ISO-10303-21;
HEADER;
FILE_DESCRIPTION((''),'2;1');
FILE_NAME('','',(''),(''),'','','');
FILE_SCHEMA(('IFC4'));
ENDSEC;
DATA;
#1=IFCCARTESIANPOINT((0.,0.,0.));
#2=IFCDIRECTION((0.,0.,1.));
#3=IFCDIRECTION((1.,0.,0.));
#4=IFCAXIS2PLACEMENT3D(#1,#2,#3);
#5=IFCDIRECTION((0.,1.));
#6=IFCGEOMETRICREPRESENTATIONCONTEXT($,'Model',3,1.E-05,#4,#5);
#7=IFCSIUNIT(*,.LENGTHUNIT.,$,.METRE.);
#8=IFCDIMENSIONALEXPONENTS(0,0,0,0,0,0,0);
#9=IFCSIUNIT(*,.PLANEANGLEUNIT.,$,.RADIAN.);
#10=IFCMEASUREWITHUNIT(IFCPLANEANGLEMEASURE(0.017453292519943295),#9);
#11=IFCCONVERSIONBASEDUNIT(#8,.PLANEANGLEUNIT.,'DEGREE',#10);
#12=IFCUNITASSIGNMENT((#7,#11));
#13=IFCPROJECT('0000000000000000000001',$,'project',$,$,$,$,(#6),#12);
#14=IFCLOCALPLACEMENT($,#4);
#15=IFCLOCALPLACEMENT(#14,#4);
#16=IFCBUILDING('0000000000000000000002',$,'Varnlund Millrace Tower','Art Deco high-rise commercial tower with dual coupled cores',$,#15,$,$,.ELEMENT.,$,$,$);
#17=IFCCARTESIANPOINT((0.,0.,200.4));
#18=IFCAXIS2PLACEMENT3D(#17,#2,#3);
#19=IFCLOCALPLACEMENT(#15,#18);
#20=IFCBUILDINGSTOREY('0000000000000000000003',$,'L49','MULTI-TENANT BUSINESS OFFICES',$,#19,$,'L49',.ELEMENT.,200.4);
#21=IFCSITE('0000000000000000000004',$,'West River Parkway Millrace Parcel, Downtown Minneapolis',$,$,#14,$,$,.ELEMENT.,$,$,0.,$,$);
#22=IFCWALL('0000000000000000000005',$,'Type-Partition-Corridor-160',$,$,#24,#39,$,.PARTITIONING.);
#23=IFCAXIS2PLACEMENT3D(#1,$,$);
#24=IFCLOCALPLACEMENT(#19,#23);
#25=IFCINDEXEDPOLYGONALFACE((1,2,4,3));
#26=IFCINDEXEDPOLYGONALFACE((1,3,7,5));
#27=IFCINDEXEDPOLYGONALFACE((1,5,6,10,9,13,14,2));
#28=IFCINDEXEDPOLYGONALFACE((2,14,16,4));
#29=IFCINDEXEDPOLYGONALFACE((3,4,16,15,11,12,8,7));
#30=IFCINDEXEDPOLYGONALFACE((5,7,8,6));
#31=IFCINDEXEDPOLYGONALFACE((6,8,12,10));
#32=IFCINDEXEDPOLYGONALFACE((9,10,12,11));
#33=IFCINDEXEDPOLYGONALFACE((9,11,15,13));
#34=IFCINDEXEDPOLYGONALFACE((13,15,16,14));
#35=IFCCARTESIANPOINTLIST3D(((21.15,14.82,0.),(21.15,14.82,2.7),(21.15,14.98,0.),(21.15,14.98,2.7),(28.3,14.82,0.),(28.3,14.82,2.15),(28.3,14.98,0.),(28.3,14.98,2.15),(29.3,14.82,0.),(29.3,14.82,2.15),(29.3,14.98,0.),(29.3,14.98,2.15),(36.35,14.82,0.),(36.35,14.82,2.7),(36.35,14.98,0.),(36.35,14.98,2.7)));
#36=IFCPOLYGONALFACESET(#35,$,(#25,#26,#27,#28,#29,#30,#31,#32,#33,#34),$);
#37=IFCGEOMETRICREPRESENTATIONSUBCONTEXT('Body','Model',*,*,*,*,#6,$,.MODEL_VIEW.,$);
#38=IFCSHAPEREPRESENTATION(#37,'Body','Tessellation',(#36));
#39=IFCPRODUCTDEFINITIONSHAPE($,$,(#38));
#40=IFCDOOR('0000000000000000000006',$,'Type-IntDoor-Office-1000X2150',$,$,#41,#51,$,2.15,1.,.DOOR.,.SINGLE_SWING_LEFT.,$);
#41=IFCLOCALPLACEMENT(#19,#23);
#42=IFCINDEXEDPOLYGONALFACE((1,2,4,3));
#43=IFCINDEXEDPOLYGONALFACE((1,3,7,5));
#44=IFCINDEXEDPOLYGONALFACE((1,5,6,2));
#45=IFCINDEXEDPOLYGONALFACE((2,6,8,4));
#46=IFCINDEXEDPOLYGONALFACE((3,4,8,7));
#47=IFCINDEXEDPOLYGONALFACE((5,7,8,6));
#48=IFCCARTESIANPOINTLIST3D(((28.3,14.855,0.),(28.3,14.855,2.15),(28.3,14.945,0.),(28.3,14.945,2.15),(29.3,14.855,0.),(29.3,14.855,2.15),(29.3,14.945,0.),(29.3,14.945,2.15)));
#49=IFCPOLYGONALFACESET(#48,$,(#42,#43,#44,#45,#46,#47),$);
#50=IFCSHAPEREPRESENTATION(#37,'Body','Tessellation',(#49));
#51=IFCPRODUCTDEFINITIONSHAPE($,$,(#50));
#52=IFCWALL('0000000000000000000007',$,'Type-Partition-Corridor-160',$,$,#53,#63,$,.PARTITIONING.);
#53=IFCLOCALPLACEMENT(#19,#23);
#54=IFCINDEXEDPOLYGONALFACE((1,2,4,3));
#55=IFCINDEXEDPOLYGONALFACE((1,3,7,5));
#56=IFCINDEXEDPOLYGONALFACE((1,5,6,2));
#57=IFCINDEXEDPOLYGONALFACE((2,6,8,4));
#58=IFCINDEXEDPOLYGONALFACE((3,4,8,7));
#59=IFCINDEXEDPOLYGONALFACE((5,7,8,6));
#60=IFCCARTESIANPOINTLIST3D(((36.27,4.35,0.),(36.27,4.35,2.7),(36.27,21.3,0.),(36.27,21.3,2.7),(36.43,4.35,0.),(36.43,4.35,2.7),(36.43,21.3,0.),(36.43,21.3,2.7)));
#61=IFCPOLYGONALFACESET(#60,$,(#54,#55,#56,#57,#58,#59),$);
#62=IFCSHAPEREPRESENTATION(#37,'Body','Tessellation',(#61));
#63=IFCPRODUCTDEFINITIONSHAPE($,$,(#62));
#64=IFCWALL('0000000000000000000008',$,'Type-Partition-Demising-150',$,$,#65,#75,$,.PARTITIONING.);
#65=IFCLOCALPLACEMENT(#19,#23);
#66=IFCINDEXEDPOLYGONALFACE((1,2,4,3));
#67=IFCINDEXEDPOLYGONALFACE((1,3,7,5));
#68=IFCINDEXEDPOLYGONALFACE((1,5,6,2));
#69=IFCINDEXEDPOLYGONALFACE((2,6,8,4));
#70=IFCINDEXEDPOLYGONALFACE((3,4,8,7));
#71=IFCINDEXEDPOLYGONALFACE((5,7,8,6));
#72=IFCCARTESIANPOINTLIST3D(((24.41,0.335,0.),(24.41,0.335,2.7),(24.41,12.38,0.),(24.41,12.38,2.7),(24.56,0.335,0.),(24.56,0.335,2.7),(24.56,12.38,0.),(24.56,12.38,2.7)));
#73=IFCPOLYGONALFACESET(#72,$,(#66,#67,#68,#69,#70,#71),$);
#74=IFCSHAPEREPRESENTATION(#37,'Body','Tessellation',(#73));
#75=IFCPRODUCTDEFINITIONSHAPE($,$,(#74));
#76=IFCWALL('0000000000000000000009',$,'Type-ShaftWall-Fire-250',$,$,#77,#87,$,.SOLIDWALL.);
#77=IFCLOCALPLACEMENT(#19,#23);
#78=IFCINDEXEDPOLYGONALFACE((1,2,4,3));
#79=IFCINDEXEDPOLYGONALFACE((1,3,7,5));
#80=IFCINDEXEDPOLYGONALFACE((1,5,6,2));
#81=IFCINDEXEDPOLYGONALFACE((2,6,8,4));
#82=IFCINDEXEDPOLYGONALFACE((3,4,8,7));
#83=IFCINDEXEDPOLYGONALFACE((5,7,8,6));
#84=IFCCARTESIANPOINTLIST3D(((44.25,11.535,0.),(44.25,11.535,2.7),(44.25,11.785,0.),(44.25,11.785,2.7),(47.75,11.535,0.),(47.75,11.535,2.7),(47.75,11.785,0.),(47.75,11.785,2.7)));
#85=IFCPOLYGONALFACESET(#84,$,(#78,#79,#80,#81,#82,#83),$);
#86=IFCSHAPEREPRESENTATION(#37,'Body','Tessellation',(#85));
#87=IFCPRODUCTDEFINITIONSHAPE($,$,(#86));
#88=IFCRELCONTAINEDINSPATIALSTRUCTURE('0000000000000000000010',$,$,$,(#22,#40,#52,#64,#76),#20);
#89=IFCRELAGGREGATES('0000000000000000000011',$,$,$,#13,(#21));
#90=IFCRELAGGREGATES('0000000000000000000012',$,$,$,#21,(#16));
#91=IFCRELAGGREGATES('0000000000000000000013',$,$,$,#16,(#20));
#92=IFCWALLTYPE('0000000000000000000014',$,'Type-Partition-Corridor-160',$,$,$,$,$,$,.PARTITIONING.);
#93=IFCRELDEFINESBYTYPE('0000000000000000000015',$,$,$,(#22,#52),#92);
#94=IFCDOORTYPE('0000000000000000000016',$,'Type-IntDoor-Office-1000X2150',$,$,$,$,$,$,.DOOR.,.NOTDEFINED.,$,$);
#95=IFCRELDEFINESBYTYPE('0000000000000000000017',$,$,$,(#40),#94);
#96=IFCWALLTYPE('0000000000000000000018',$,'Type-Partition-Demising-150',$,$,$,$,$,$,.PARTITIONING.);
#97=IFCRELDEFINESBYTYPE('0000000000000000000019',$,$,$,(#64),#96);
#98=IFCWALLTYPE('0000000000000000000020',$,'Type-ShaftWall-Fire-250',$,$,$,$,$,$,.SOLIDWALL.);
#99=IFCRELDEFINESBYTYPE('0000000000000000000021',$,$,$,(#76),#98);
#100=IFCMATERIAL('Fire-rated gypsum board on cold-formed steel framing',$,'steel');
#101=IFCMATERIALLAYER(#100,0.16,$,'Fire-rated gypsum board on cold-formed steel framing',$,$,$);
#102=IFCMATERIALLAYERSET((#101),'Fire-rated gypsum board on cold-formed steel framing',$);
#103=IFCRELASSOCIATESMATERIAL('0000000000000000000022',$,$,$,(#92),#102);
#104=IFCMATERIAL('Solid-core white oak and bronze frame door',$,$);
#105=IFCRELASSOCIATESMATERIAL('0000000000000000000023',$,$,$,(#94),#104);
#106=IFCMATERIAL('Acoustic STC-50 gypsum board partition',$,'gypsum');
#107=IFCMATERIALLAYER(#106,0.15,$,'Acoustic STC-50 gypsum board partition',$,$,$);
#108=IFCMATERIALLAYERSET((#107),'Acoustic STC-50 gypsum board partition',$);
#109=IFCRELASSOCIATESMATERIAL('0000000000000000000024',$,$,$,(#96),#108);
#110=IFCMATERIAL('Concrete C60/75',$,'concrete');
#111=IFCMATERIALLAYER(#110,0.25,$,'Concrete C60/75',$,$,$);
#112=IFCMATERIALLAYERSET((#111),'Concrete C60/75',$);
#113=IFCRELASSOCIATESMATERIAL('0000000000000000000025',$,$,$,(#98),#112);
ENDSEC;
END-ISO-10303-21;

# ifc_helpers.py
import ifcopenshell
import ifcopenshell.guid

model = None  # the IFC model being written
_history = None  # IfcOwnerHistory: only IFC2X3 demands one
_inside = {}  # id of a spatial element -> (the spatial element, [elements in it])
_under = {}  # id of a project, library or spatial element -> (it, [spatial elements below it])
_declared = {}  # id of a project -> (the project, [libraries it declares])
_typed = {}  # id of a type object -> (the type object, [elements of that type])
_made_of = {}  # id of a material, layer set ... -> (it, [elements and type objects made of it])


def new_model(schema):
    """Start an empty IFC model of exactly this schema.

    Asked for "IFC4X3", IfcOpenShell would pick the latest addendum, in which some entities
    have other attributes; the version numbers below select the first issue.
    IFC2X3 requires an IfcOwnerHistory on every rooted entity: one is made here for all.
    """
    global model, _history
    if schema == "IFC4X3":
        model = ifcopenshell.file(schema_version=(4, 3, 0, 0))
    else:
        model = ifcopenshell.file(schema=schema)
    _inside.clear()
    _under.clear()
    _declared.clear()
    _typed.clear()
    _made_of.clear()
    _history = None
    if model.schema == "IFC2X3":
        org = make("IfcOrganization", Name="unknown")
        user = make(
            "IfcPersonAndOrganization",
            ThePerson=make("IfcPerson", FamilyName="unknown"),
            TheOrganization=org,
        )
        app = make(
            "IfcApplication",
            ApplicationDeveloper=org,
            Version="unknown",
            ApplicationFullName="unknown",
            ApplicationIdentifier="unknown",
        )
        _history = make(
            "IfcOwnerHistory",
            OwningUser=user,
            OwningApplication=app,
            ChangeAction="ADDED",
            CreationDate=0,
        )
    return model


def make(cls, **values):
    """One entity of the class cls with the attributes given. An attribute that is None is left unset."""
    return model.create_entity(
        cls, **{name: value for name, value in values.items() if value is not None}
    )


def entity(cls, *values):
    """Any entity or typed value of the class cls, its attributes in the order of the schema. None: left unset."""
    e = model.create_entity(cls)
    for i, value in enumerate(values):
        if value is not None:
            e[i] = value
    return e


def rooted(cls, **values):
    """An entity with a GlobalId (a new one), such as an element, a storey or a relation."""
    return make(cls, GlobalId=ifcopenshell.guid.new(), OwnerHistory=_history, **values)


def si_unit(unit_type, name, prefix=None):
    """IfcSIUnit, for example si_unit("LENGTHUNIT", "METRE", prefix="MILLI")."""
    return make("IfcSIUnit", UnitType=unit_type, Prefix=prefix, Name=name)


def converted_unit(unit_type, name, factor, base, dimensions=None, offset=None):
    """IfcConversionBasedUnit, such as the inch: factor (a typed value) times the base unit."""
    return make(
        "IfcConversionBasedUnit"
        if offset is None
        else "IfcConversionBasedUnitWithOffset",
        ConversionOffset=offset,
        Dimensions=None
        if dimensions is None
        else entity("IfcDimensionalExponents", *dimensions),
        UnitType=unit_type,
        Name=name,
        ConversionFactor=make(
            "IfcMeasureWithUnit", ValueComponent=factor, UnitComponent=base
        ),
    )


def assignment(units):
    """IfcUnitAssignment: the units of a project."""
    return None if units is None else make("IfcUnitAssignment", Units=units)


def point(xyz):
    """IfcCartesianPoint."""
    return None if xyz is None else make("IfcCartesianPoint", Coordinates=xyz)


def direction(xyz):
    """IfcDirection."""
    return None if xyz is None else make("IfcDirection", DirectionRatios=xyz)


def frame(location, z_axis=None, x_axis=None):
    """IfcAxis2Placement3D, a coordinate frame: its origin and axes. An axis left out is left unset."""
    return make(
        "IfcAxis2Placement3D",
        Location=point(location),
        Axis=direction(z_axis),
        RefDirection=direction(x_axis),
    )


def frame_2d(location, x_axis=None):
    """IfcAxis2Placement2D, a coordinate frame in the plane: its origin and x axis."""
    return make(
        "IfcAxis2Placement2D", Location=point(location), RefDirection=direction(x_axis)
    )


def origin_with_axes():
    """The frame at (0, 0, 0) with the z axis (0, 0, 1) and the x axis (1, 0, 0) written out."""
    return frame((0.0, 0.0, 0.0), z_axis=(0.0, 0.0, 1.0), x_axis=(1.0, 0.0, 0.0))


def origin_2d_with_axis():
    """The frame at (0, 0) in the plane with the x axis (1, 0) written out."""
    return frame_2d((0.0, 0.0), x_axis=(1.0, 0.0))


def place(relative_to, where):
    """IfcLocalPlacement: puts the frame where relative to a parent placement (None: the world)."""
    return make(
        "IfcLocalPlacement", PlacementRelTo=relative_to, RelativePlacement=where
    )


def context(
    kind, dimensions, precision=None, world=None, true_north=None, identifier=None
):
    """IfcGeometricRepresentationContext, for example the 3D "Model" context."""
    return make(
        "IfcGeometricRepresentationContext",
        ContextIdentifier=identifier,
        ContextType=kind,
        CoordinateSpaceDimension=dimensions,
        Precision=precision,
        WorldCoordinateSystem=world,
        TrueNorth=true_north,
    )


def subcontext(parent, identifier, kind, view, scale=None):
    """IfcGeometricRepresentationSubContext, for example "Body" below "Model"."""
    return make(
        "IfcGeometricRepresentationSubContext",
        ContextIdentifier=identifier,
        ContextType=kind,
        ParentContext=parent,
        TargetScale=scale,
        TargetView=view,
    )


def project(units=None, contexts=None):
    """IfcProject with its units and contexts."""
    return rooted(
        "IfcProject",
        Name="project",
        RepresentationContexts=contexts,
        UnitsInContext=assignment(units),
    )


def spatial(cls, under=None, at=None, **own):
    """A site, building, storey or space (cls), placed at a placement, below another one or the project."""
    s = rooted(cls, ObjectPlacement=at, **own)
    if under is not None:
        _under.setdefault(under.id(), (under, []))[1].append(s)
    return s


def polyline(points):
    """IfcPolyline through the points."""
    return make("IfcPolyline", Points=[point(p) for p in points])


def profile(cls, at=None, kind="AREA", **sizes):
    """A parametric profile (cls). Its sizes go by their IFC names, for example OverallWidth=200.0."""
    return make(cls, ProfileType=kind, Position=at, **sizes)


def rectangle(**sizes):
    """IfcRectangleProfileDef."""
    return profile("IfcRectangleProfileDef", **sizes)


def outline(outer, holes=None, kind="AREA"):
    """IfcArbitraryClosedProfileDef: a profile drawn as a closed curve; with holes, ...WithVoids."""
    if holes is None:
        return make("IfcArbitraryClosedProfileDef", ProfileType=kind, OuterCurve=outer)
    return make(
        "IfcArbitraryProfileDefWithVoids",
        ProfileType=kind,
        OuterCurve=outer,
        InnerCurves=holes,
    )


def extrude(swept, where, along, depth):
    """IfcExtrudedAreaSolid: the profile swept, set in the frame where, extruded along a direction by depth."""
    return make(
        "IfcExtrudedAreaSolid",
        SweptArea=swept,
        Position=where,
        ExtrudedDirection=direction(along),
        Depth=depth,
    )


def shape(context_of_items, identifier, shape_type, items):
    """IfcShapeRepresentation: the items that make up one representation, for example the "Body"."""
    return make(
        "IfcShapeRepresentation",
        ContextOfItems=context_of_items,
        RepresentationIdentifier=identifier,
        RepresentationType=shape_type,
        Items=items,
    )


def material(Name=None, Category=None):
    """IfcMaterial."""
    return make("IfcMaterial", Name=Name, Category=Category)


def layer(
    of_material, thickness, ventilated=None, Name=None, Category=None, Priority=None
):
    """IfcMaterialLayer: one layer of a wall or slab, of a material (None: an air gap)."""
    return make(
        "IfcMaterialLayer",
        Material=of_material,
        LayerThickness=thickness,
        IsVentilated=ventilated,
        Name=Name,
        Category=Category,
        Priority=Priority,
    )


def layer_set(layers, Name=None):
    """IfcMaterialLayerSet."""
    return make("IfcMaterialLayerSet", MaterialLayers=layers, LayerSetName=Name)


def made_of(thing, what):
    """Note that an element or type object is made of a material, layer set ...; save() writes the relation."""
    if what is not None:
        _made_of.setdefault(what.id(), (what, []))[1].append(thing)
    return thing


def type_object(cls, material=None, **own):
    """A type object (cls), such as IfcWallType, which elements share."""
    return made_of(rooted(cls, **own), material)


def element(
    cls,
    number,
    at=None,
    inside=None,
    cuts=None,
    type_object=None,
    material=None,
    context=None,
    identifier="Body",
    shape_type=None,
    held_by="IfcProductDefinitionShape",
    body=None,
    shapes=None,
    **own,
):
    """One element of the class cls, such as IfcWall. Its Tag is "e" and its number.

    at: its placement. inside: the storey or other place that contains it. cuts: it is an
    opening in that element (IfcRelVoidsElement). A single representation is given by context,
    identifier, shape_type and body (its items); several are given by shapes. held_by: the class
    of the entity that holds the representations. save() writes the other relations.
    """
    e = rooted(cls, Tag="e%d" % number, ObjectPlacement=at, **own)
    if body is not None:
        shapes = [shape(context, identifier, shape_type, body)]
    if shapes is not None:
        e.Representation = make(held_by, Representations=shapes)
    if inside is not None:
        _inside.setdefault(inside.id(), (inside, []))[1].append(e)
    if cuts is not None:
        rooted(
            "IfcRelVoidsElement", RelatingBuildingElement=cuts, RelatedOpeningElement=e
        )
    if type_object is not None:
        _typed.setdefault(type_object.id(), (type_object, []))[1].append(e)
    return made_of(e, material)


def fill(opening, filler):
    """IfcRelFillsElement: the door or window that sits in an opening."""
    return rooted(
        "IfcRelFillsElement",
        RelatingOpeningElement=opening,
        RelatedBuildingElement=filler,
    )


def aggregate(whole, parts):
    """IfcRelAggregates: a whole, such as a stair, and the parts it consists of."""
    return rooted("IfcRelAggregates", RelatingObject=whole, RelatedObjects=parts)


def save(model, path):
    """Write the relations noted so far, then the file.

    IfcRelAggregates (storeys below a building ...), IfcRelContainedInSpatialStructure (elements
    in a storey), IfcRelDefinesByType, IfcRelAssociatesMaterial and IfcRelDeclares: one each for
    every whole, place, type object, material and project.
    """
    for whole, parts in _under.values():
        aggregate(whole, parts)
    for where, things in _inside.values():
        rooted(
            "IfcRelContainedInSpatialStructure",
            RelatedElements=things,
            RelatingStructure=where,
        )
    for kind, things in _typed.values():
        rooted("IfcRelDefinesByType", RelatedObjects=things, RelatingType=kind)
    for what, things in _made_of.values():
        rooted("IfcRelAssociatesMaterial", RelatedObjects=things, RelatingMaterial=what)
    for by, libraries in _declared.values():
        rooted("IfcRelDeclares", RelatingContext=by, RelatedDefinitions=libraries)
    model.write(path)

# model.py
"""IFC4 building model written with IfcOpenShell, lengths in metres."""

from ifc_helpers import new_model, entity, si_unit, converted_unit, direction, frame, origin_with_axes, origin_2d_with_axis, place, context, subcontext, project, spatial, polyline, rectangle, outline, extrude, material, layer, layer_set, type_object, element, fill, save


model = new_model("IFC4")

# Units and contexts
model_context = context("Model", 3, precision=1e-05, world=origin_with_axes(), true_north=direction((0.0, 1.0)))
body_context = subcontext(model_context, "Body", "Model", "MODEL_VIEW")
ifc_project = project(units=[si_unit("LENGTHUNIT", "METRE"), converted_unit("PLANEANGLEUNIT", "DEGREE", entity("IfcPlaneAngleMeasure", 0.017453292519943295), si_unit("PLANEANGLEUNIT", "RADIAN"), dimensions=[0, 0, 0, 0, 0, 0, 0])], contexts=[model_context])

# Site, building, storey
site_placement = place(None, origin_with_axes())
site = spatial("IfcSite", under=ifc_project, at=site_placement, Name="West River Parkway Millrace Parcel, Downtown Minneapolis", CompositionType="ELEMENT", RefElevation=0.0)
building_placement = place(site_placement, origin_with_axes())
building = spatial("IfcBuilding", under=site, at=building_placement, Name="Varnlund Millrace Tower", Description="Art Deco high-rise commercial tower with dual coupled cores", CompositionType="ELEMENT")
storey_placement = place(building_placement, frame((0.0, 0.0, 200.4), z_axis=(0.0, 0.0, 1.0), x_axis=(1.0, 0.0, 0.0)))
storey = spatial("IfcBuildingStorey", under=building, at=storey_placement, Name="L49", Description="MULTI-TENANT BUSINESS OFFICES", LongName="L49", CompositionType="ELEMENT", Elevation=200.4)

# Shared definitions
ifc_material_1 = material(Name="Fire-rated gypsum board on cold-formed steel framing", Category="steel")
ifc_layer_1 = layer(ifc_material_1, 0.16, Name="Fire-rated gypsum board on cold-formed steel framing")
ifc_layer_set_1 = layer_set([ifc_layer_1], Name="Fire-rated gypsum board on cold-formed steel framing")
wall_type_1 = type_object("IfcWallType", Name="Type-Partition-Corridor-160", PredefinedType="PARTITIONING", material=ifc_layer_set_1)
ifc_material_2 = material(Name="Solid-core white oak and bronze frame door")
door_type_1 = type_object("IfcDoorType", Name="Type-IntDoor-Office-1000X2150", OperationType="NOTDEFINED", PredefinedType="DOOR", material=ifc_material_2)

# Wall, opening, door
wall_1_placement = place(storey_placement, frame((21.15, 14.9, 0.0), z_axis=(0.0, 0.0, 1.0), x_axis=(1.0, 0.0, 0.0)))
wall_1 = element("IfcWall", 1, at=wall_1_placement, inside=storey, type_object=wall_type_1, Name="Type-Partition-Corridor-160", PredefinedType="PARTITIONING", context=body_context, shape_type="SweptSolid", body=[
    extrude(outline(polyline([(0.0, -0.08), (15.2, -0.08), (15.2, 0.08), (0.0, 0.08), (0.0, -0.08)])), origin_with_axes(), (0.0, 0.0, 1.0), 2.7),
])
opening_1_placement = place(wall_1_placement, frame((7.65, 0.0, 0.0), z_axis=(0.0, 0.0, 1.0), x_axis=(1.0, 0.0, 0.0)))
opening_1 = element("IfcOpeningElement", 2, at=opening_1_placement, cuts=wall_1, PredefinedType="OPENING", context=body_context, shape_type="SweptSolid", body=[
    extrude(rectangle(XDim=1.0, YDim=0.18, at=origin_2d_with_axis()), origin_with_axes(), (0.0, 0.0, 1.0), 2.15),
])
door_1_placement = place(wall_1_placement, frame((7.65, 0.0, 0.0), z_axis=(0.0, 0.0, 1.0), x_axis=(1.0, 0.0, 0.0)))
door_1 = element("IfcDoor", 3, at=door_1_placement, inside=storey, type_object=door_type_1, Name="Type-IntDoor-Office-1000X2150", OperationType="SINGLE_SWING_LEFT", OverallHeight=2.15, OverallWidth=1.0, PredefinedType="DOOR", context=body_context, shape_type="SweptSolid", body=[
    extrude(rectangle(XDim=1.0, YDim=0.09, at=origin_2d_with_axis()), origin_with_axes(), (0.0, 0.0, 1.0), 2.15),
])
fill(opening_1, door_1)

# Walls
wall_2_placement = place(storey_placement, frame((36.35, 4.35, 0.0), z_axis=(0.0, 0.0, 1.0), x_axis=(0.0, 1.0, 0.0)))
element("IfcWall", 4, at=wall_2_placement, inside=storey, type_object=wall_type_1, Name="Type-Partition-Corridor-160", PredefinedType="PARTITIONING", context=body_context, shape_type="SweptSolid", body=[
    extrude(outline(polyline([(0.0, -0.08), (16.95, -0.08), (16.95, 0.08), (0.0, 0.08), (0.0, -0.08)])), origin_with_axes(), (0.0, 0.0, 1.0), 2.7),
])
ifc_material_3 = material(Name="Acoustic STC-50 gypsum board partition", Category="gypsum")
ifc_layer_2 = layer(ifc_material_3, 0.15, Name="Acoustic STC-50 gypsum board partition")
ifc_layer_set_2 = layer_set([ifc_layer_2], Name="Acoustic STC-50 gypsum board partition")
wall_type_2 = type_object("IfcWallType", Name="Type-Partition-Demising-150", PredefinedType="PARTITIONING", material=ifc_layer_set_2)
wall_3_placement = place(storey_placement, frame((24.485, 0.335, 0.0), z_axis=(0.0, 0.0, 1.0), x_axis=(0.0, 1.0, 0.0)))
element("IfcWall", 5, at=wall_3_placement, inside=storey, type_object=wall_type_2, Name="Type-Partition-Demising-150", PredefinedType="PARTITIONING", context=body_context, shape_type="SweptSolid", body=[
    extrude(outline(polyline([(0.0, -0.075), (12.045, -0.075), (12.045, 0.075), (0.0, 0.075), (0.0, -0.075)])), origin_with_axes(), (0.0, 0.0, 1.0), 2.7),
])
ifc_material_4 = material(Name="Concrete C60/75", Category="concrete")
ifc_layer_3 = layer(ifc_material_4, 0.25, Name="Concrete C60/75")
ifc_layer_set_3 = layer_set([ifc_layer_3], Name="Concrete C60/75")
wall_type_3 = type_object("IfcWallType", Name="Type-ShaftWall-Fire-250", PredefinedType="SOLIDWALL", material=ifc_layer_set_3)
wall_4_placement = place(storey_placement, frame((44.25, 11.66, 0.0), z_axis=(0.0, 0.0, 1.0), x_axis=(1.0, 0.0, 0.0)))
element("IfcWall", 6, at=wall_4_placement, inside=storey, type_object=wall_type_3, Name="Type-ShaftWall-Fire-250", PredefinedType="SOLIDWALL", context=body_context, shape_type="SweptSolid", body=[
    extrude(outline(polyline([(0.0, -0.125), (3.5, -0.125), (3.5, 0.125), (0.0, 0.125), (0.0, -0.125)])), origin_with_axes(), (0.0, 0.0, 1.0), 2.7),
])

save(model, "model.ifc")
